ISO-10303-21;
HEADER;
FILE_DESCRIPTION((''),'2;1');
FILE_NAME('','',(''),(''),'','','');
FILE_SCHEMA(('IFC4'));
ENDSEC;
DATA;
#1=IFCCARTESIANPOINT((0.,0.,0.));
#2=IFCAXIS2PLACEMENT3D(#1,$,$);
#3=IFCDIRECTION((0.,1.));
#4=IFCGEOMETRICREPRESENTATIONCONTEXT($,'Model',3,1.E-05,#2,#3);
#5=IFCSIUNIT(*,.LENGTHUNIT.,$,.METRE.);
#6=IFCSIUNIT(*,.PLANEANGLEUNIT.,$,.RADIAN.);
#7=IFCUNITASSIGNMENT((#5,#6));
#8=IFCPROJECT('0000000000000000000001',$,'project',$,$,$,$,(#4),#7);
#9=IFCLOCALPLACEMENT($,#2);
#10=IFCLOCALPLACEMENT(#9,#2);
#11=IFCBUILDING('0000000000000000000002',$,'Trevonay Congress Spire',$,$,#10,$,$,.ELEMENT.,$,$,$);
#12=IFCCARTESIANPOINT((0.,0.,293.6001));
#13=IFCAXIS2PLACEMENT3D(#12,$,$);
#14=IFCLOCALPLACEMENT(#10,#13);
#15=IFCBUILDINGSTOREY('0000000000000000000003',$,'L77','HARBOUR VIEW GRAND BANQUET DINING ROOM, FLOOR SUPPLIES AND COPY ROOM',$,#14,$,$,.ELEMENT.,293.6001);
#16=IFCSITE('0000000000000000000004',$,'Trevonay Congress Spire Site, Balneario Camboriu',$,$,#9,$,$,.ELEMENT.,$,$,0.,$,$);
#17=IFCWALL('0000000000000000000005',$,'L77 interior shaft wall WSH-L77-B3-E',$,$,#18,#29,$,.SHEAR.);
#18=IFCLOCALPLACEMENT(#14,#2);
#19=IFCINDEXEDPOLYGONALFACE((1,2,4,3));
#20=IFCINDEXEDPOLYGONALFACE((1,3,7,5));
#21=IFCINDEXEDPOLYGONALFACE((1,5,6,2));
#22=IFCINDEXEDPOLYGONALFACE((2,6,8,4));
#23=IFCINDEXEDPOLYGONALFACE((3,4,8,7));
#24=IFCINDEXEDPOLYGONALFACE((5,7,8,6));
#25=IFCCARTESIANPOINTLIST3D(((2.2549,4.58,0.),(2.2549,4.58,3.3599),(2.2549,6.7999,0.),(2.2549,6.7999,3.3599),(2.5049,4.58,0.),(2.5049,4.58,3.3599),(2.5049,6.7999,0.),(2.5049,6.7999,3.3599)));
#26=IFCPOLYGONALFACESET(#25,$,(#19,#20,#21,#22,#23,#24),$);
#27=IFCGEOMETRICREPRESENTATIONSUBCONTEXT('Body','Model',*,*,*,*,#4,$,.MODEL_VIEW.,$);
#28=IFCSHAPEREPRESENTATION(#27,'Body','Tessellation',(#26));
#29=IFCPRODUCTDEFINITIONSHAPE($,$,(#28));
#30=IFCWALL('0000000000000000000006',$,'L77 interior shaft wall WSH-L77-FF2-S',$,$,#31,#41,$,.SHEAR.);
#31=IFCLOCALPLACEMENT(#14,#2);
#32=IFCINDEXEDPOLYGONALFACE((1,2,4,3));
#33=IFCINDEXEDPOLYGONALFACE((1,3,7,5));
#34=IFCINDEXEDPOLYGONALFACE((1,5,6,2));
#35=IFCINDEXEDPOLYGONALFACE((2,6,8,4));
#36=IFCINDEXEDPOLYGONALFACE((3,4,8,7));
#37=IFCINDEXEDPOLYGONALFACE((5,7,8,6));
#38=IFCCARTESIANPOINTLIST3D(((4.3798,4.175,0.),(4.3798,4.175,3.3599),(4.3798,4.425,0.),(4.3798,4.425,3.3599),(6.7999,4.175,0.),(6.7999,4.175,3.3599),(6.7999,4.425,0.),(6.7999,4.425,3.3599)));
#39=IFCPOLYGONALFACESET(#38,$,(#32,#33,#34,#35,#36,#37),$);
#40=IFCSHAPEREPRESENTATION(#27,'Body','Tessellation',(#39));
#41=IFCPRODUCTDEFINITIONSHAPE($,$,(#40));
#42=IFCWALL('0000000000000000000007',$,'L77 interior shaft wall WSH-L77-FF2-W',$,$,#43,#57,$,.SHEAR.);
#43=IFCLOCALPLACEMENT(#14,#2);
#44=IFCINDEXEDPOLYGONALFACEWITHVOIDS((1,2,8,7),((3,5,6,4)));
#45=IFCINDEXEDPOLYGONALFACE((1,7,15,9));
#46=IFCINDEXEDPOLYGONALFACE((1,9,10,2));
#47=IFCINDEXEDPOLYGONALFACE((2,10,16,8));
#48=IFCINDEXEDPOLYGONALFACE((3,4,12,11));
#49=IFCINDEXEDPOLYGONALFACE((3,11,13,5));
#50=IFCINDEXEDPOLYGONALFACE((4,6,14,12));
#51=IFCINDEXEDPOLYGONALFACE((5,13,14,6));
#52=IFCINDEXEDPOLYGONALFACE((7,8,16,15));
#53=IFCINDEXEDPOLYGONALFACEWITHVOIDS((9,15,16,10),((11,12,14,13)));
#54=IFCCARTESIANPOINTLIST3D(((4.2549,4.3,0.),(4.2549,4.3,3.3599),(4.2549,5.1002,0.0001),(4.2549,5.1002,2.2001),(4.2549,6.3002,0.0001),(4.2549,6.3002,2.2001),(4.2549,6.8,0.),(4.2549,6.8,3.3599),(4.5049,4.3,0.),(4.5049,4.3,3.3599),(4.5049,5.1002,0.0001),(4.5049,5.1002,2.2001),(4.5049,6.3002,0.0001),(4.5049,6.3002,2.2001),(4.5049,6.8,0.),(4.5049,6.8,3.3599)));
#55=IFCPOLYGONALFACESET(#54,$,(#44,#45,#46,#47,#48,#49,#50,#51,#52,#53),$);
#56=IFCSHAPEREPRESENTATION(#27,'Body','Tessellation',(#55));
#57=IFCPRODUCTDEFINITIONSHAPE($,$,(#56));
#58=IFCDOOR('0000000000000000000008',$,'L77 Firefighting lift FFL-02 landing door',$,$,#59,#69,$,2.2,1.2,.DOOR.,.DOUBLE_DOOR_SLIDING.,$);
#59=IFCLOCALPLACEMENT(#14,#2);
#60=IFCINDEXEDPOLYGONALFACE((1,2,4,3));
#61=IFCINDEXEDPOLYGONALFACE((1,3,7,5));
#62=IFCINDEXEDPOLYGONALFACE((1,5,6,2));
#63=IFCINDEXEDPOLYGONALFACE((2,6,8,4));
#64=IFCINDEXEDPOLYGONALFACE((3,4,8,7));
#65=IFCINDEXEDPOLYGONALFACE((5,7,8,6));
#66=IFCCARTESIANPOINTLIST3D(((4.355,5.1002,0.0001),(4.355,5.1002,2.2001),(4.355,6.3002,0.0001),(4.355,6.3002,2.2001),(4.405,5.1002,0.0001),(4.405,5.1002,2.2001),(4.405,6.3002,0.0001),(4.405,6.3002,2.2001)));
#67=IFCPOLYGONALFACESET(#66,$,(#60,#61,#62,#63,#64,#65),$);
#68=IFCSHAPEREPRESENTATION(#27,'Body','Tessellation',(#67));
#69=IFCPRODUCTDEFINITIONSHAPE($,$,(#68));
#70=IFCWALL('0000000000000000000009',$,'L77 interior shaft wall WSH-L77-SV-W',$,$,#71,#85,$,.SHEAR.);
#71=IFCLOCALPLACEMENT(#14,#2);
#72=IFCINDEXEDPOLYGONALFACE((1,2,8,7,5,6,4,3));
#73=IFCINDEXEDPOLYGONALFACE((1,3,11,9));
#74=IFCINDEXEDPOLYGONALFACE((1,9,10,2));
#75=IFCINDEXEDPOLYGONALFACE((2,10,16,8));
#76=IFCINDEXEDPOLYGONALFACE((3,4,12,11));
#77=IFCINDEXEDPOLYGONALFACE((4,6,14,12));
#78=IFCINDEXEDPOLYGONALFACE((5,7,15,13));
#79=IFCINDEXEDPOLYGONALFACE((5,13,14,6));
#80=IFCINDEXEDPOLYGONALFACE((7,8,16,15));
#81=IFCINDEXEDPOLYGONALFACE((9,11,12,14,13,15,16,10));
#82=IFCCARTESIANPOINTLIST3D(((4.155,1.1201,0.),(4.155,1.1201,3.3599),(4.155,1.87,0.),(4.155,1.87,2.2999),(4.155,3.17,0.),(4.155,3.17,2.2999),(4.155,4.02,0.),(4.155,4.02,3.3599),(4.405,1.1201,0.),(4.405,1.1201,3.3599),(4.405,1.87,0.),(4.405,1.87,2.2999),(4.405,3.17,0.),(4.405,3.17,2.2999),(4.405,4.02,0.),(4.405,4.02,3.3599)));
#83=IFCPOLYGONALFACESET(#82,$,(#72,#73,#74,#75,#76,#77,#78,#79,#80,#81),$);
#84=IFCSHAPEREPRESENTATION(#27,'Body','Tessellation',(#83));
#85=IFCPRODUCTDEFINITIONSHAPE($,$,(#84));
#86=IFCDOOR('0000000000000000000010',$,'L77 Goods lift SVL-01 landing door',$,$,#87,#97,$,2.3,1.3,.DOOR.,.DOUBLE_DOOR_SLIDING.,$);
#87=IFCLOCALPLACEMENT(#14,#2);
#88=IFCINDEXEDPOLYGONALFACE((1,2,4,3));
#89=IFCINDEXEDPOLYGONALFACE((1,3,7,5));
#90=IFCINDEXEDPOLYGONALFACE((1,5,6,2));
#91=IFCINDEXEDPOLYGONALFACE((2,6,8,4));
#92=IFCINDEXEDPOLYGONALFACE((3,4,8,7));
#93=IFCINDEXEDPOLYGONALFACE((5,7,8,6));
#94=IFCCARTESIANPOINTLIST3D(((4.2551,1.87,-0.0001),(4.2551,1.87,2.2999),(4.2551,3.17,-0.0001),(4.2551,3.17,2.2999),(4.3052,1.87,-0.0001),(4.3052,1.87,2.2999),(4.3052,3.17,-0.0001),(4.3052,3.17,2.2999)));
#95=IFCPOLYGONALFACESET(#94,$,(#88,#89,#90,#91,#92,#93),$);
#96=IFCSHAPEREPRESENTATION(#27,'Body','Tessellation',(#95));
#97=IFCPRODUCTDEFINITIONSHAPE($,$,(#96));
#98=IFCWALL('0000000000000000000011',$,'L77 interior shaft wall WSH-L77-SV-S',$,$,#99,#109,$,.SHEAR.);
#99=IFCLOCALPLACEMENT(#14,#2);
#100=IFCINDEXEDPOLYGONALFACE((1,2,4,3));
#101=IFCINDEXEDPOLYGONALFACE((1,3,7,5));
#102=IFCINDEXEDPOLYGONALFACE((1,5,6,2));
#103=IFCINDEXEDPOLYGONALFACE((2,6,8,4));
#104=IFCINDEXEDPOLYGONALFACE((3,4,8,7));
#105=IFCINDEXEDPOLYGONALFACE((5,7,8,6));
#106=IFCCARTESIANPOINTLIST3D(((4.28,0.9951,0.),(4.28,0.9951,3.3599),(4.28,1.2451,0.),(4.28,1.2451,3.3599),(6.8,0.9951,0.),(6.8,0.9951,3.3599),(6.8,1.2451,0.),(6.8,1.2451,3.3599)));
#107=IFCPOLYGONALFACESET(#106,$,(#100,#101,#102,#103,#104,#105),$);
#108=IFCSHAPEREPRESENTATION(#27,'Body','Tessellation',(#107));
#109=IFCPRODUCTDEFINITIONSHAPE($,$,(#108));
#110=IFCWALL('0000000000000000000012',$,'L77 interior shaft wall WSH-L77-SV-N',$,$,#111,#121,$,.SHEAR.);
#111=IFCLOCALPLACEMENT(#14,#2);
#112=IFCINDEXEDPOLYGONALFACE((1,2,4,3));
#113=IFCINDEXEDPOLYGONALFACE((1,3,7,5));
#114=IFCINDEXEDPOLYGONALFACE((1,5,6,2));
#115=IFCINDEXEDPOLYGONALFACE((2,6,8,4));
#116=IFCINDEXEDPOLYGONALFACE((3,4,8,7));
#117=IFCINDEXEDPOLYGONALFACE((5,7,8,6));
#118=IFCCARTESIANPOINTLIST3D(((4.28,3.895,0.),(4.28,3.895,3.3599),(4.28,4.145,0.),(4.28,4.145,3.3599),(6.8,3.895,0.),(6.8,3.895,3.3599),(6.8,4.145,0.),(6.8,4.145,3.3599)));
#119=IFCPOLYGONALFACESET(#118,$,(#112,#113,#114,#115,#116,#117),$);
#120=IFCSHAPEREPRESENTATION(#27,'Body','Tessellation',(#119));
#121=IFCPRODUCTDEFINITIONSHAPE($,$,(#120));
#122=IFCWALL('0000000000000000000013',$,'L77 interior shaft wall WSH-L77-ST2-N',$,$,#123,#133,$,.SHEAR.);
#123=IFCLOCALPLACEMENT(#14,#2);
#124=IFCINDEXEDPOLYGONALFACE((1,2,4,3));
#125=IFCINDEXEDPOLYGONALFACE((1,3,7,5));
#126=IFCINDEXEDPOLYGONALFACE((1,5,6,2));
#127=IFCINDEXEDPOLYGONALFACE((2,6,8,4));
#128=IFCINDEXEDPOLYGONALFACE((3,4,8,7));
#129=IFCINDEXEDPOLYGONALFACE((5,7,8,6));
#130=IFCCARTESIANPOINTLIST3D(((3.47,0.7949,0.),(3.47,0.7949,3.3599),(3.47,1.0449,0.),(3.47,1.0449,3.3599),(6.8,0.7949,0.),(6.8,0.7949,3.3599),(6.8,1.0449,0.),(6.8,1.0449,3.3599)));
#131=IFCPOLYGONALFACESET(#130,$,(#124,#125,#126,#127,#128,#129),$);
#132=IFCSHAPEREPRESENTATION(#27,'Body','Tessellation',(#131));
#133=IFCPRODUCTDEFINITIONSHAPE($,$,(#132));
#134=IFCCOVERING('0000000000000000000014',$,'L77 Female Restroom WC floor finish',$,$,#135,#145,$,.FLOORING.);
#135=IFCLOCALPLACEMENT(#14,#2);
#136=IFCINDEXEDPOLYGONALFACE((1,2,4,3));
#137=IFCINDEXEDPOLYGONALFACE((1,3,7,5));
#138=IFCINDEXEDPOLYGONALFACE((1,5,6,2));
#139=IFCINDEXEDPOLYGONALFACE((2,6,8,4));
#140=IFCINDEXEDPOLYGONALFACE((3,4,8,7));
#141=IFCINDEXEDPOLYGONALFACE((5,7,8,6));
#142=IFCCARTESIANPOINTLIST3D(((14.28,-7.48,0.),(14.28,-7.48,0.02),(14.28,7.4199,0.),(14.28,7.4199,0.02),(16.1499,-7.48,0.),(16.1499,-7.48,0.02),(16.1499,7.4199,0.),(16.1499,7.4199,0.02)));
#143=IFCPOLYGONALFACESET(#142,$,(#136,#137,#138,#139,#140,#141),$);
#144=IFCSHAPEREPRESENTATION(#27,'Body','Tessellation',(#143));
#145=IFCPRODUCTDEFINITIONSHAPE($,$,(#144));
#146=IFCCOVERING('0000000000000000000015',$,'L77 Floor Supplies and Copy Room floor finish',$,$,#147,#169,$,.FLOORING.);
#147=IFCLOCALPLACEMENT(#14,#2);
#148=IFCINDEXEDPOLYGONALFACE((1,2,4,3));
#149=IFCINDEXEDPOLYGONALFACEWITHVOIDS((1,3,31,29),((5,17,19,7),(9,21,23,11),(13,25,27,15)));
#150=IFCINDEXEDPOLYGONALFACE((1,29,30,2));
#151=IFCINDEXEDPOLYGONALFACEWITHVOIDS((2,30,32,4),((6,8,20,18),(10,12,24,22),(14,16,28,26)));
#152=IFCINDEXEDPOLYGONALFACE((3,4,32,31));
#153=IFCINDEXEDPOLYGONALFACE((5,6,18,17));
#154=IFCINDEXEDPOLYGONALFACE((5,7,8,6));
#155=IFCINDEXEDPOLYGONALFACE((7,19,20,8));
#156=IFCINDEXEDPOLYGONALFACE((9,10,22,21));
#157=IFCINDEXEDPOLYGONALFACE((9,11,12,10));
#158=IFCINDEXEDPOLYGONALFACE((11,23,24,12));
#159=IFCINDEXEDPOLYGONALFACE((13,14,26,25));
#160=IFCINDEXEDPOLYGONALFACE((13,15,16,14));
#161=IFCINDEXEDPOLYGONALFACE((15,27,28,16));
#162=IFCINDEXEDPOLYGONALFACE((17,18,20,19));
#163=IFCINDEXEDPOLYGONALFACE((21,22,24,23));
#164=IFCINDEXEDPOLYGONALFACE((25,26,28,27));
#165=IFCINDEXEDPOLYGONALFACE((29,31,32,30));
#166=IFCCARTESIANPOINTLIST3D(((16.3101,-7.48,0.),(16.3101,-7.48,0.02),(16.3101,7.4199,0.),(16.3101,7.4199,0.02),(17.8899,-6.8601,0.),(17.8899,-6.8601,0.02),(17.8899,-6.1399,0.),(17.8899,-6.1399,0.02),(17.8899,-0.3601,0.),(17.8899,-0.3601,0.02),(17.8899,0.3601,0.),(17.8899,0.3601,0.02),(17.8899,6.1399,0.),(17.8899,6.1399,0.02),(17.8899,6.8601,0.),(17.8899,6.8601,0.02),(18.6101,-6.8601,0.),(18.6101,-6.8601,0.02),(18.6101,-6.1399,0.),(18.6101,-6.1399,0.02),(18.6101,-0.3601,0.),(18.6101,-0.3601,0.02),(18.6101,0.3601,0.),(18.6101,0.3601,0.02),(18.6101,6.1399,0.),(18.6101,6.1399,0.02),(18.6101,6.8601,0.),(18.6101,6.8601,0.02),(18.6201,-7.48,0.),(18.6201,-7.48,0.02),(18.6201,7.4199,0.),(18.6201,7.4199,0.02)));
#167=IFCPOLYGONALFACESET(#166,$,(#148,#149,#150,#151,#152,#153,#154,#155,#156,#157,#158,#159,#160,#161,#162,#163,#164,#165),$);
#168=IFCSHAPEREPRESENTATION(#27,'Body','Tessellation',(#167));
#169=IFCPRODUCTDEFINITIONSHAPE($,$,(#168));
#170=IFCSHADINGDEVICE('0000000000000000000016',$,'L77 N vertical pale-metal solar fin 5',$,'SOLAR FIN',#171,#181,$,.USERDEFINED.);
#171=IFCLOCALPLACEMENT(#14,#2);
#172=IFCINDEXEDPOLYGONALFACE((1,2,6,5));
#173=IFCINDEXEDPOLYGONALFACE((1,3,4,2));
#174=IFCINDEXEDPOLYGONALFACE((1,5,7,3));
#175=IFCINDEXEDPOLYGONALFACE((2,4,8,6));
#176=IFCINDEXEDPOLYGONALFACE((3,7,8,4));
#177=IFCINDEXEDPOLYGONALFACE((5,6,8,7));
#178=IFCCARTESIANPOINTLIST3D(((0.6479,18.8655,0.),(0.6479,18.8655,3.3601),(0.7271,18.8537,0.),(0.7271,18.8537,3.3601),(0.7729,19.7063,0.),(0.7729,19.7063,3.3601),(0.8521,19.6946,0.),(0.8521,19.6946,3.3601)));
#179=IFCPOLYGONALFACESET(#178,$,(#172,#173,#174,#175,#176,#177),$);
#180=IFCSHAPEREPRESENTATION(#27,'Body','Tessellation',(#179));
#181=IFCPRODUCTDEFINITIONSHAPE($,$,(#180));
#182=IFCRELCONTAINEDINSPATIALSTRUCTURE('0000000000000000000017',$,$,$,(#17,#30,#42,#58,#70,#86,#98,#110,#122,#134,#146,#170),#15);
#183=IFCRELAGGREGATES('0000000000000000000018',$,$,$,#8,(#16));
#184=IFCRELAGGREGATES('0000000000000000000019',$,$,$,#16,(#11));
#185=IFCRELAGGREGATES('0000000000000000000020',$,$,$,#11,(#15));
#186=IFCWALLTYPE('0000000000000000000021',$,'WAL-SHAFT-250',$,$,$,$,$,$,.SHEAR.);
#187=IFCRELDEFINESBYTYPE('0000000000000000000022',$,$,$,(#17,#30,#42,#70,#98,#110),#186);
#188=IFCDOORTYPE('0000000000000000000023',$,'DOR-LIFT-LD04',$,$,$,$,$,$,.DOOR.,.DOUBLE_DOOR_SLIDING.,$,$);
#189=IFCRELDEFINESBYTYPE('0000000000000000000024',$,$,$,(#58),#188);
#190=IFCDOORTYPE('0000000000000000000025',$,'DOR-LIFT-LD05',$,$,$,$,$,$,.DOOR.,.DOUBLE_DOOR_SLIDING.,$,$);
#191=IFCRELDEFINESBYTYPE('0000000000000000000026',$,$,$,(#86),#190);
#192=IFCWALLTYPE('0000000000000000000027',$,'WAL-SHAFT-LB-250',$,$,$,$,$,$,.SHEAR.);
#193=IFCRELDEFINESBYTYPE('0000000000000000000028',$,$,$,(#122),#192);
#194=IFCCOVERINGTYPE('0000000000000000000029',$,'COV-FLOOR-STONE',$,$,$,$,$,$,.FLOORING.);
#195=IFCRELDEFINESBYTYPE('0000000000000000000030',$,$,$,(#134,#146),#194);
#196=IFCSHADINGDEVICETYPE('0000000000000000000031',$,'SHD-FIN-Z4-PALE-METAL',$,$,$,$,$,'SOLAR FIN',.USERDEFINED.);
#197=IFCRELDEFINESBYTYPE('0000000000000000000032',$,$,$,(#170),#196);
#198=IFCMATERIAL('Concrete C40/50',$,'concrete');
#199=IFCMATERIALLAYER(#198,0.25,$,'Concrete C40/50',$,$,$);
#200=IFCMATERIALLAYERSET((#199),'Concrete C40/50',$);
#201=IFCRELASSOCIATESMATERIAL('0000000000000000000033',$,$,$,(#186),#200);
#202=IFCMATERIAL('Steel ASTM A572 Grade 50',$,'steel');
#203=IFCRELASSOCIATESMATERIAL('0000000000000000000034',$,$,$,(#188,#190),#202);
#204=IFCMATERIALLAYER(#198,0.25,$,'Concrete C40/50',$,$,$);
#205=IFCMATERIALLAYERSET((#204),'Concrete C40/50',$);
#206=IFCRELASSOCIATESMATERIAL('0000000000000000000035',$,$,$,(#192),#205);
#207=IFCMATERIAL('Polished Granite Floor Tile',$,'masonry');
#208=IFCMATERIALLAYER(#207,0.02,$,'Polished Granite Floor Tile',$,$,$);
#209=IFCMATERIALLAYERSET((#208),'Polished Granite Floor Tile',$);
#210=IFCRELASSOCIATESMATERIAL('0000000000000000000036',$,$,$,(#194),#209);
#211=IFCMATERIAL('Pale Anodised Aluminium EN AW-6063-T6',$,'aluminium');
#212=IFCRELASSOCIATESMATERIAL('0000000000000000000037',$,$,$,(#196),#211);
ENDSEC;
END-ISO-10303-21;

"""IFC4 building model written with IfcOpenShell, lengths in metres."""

from ifc_helpers import new_model, si_unit, direction, frame, frame_2d, origin, origin_2d, place, context, subcontext, project, spatial, polyline, rectangle, outline, extrude, material, layer, layer_set, type_object, element, fill, save


model = new_model("IFC4")

# Units and contexts
model_context = context("Model", 3, precision=1e-05, world=origin(), true_north=direction((0.0, 1.0)))
body_context = subcontext(model_context, "Body", "Model", "MODEL_VIEW")
ifc_project = project(units=[si_unit("LENGTHUNIT", "METRE"), si_unit("PLANEANGLEUNIT", "RADIAN")], contexts=[model_context])

# Site, building, storey
site_placement = place(None, origin())
site = spatial("IfcSite", under=ifc_project, at=site_placement, Name="Trevonay Congress Spire Site, Balneario Camboriu", CompositionType="ELEMENT", RefElevation=0.0)
building_placement = place(site_placement, origin())
building = spatial("IfcBuilding", under=site, at=building_placement, Name="Trevonay Congress Spire", CompositionType="ELEMENT")
storey_placement = place(building_placement, frame((0.0, 0.0, 293.6001)))
storey = spatial("IfcBuildingStorey", under=building, at=storey_placement, Name="L77", Description="HARBOUR VIEW GRAND BANQUET DINING ROOM, FLOOR SUPPLIES AND COPY ROOM", CompositionType="ELEMENT", Elevation=293.6001)

# Shared definitions
ifc_material_1 = material(Name="Steel ASTM A572 Grade 50", Category="steel")

# Shared definitions
ifc_material_2 = material(Name="Pale Anodised Aluminium EN AW-6063-T6", Category="aluminium")

# Walls
ifc_material_3 = material(Name="Concrete C40/50", Category="concrete")
ifc_layer_1 = layer(ifc_material_3, 0.25, Name="Concrete C40/50")
ifc_layer_set_1 = layer_set([ifc_layer_1], Name="Concrete C40/50")
wall_type_1 = type_object("IfcWallType", Name="WAL-SHAFT-250", PredefinedType="SHEAR", material=ifc_layer_set_1)
wall_1_placement = place(storey_placement, frame((2.3799, 4.5801, 0.0), z_axis=(0.0, 0.0, 1.0), x_axis=(0.0, 1.0, 0.0)))
element("IfcWall", 1, at=wall_1_placement, inside=storey, type_object=wall_type_1, Name="L77 interior shaft wall WSH-L77-B3-E", PredefinedType="SHEAR", context=body_context, shape_type="SweptSolid", body=[
    extrude(rectangle(XDim=2.22, YDim=0.25, at=frame_2d((1.1099, 0.0))), origin(), (0.0, 0.0, 1.0), 3.3599),
])
wall_2_placement = place(storey_placement, frame((4.3799, 4.3, 0.0), z_axis=(0.0, 0.0, 1.0), x_axis=(1.0, 0.0, 0.0)))
element("IfcWall", 2, at=wall_2_placement, inside=storey, type_object=wall_type_1, Name="L77 interior shaft wall WSH-L77-FF2-S", PredefinedType="SHEAR", context=body_context, shape_type="SweptSolid", body=[
    extrude(rectangle(XDim=2.4202, YDim=0.25, at=frame_2d((1.21, 0.0))), origin(), (0.0, 0.0, 1.0), 3.3599),
])

# Walls, openings, doors
wall_3_placement = place(storey_placement, frame((4.3799, 4.3, 0.0), z_axis=(0.0, 0.0, 1.0), x_axis=(0.0, 1.0, 0.0)))
wall_3 = element("IfcWall", 3, at=wall_3_placement, inside=storey, type_object=wall_type_1, Name="L77 interior shaft wall WSH-L77-FF2-W", PredefinedType="SHEAR", context=body_context, shape_type="SweptSolid", body=[
    extrude(rectangle(XDim=2.5, YDim=0.25, at=frame_2d((1.25, 0.0))), origin(), (0.0, 0.0, 1.0), 3.3599),
])
opening_1_placement = place(wall_3_placement, frame((0.8, 0.0, 0.0)))
opening_1 = element("IfcOpeningElement", 4, at=opening_1_placement, cuts=wall_3, PredefinedType="OPENING", context=body_context, shape_type="SweptSolid", body=[
    extrude(rectangle(XDim=1.2, YDim=2.2, at=frame_2d((0.6001, 1.1001))), frame((0.0, 0.135, 0.0), z_axis=(0.0, -1.0, 0.0), x_axis=(1.0, 0.0, 0.0)), (0.0, 0.0, 1.0), 0.27),
])
door_type_1 = type_object("IfcDoorType", Name="DOR-LIFT-LD04", OperationType="DOUBLE_DOOR_SLIDING", PredefinedType="DOOR", material=ifc_material_1)
door_1_placement = place(opening_1_placement, origin())
door_1 = element("IfcDoor", 5, at=door_1_placement, inside=storey, type_object=door_type_1, Name="L77 Firefighting lift FFL-02 landing door", OperationType="DOUBLE_DOOR_SLIDING", OverallHeight=2.2, OverallWidth=1.2, PredefinedType="DOOR", context=body_context, shape_type="SweptSolid", body=[
    extrude(rectangle(XDim=1.2, YDim=2.2, at=frame_2d((0.6001, 1.1001))), frame((0.0, 0.0249, 0.0), z_axis=(0.0, -1.0, 0.0), x_axis=(1.0, 0.0, 0.0)), (0.0, 0.0, 1.0), 0.05),
])
fill(opening_1, door_1)
wall_4_placement = place(storey_placement, frame((4.28, 1.1201, 0.0), z_axis=(0.0, 0.0, 1.0), x_axis=(0.0, 1.0, 0.0)))
wall_4 = element("IfcWall", 6, at=wall_4_placement, inside=storey, type_object=wall_type_1, Name="L77 interior shaft wall WSH-L77-SV-W", PredefinedType="SHEAR", context=body_context, shape_type="SweptSolid", body=[
    extrude(rectangle(XDim=2.8999, YDim=0.25, at=frame_2d((1.45, 0.0))), origin(), (0.0, 0.0, 1.0), 3.3599),
])
opening_2_placement = place(wall_4_placement, frame((0.75, 0.0, 0.0)))
opening_2 = element("IfcOpeningElement", 7, at=opening_2_placement, cuts=wall_4, PredefinedType="OPENING", context=body_context, shape_type="SweptSolid", body=[
    extrude(rectangle(XDim=1.3, YDim=2.3, at=frame_2d((0.6499, 1.1499))), frame((0.0, 0.135, 0.0), z_axis=(0.0, -1.0, 0.0), x_axis=(1.0, 0.0, 0.0)), (0.0, 0.0, 1.0), 0.27),
])
door_type_2 = type_object("IfcDoorType", Name="DOR-LIFT-LD05", OperationType="DOUBLE_DOOR_SLIDING", PredefinedType="DOOR", material=ifc_material_1)
door_2_placement = place(opening_2_placement, origin())
door_2 = element("IfcDoor", 8, at=door_2_placement, inside=storey, type_object=door_type_2, Name="L77 Goods lift SVL-01 landing door", OperationType="DOUBLE_DOOR_SLIDING", OverallHeight=2.3, OverallWidth=1.3, PredefinedType="DOOR", context=body_context, shape_type="SweptSolid", body=[
    extrude(rectangle(XDim=1.3, YDim=2.3, at=frame_2d((0.6499, 1.1499))), frame((0.0, 0.0249, 0.0), z_axis=(0.0, -1.0, 0.0), x_axis=(1.0, 0.0, 0.0)), (0.0, 0.0, 1.0), 0.05),
])
fill(opening_2, door_2)

# Walls
for number, where, z_axis, x_axis, name in (
    (9, (4.28, 1.1201, 0.0), (0.0, 0.0, 1.0), (1.0, 0.0, 0.0), "L77 interior shaft wall WSH-L77-SV-S"),
    (10, (4.28, 4.02, 0.0), (0.0, 0.0, 1.0), (1.0, 0.0, 0.0), "L77 interior shaft wall WSH-L77-SV-N"),
):
    element("IfcWall", number, at=place(storey_placement, frame(where, z_axis=z_axis, x_axis=x_axis)), inside=storey, type_object=wall_type_1, Name=name, PredefinedType="SHEAR", context=body_context, shape_type="SweptSolid", body=[
        extrude(rectangle(XDim=2.52, YDim=0.25, at=frame_2d((1.26, 0.0))), origin(), (0.0, 0.0, 1.0), 3.3599),
    ])
ifc_layer_2 = layer(ifc_material_3, 0.25, Name="Concrete C40/50")
ifc_layer_set_2 = layer_set([ifc_layer_2], Name="Concrete C40/50")
wall_type_2 = type_object("IfcWallType", Name="WAL-SHAFT-LB-250", PredefinedType="SHEAR", material=ifc_layer_set_2)
wall_5_placement = place(storey_placement, frame((3.47, 0.9199, 0.0), z_axis=(0.0, 0.0, 1.0), x_axis=(1.0, 0.0, 0.0)))
element("IfcWall", 11, at=wall_5_placement, inside=storey, type_object=wall_type_2, Name="L77 interior shaft wall WSH-L77-ST2-N", PredefinedType="SHEAR", context=body_context, shape_type="SweptSolid", body=[
    extrude(rectangle(XDim=3.3301, YDim=0.25, at=frame_2d((1.665, 0.0))), origin(), (0.0, 0.0, 1.0), 3.3599),
])

# Coverings
ifc_material_4 = material(Name="Polished Granite Floor Tile", Category="masonry")
ifc_layer_3 = layer(ifc_material_4, 0.02, Name="Polished Granite Floor Tile")
ifc_layer_set_3 = layer_set([ifc_layer_3], Name="Polished Granite Floor Tile")
covering_type = type_object("IfcCoveringType", Name="COV-FLOOR-STONE", PredefinedType="FLOORING", material=ifc_layer_set_3)
covering_1_placement = place(storey_placement, origin())
element("IfcCovering", 12, at=covering_1_placement, inside=storey, type_object=covering_type, Name="L77 Female Restroom WC floor finish", PredefinedType="FLOORING", context=body_context, shape_type="SweptSolid", body=[
    extrude(outline(polyline([(14.28, -7.48), (16.1499, -7.48), (16.1499, 7.4199), (14.28, 7.4199), (14.28, -7.48)])), origin(), (0.0, 0.0, 1.0), 0.02),
])
covering_2_placement = place(storey_placement, origin())
element("IfcCovering", 13, at=covering_2_placement, inside=storey, type_object=covering_type, Name="L77 Floor Supplies and Copy Room floor finish", PredefinedType="FLOORING", context=body_context, shape_type="SweptSolid", body=[
    extrude(outline(polyline([(16.3101, 7.4199), (18.6201, 7.4199), (18.6201, -7.48), (16.3101, -7.48), (16.3101, 7.4199)]), holes=[polyline([(17.8899, -6.8601), (18.6101, -6.8601), (18.6101, -6.1399), (17.8899, -6.1399), (17.8899, -6.8601)]), polyline([(17.8899, 0.3601), (17.8899, -0.3601), (18.6101, -0.3601), (18.6101, 0.3601), (17.8899, 0.3601)]), polyline([(17.8899, 6.8601), (17.8899, 6.1399), (18.6101, 6.1399), (18.6101, 6.8601), (17.8899, 6.8601)])]), origin(), (0.0, 0.0, 1.0), 0.02),
])

# Shading device
shading_device_type = type_object("IfcShadingDeviceType", Name="SHD-FIN-Z4-PALE-METAL", ElementType="SOLAR FIN", PredefinedType="USERDEFINED", material=ifc_material_2)
for number, where, z_axis, x_axis, name in (
    (14, (0.75, 19.28, 0.0), (0.0, 0.0, 1.0), (0.989144, -0.146946, 0.0), "L77 N vertical pale-metal solar fin 5"),
):
    element("IfcShadingDevice", number, at=place(storey_placement, frame(where, z_axis=z_axis, x_axis=x_axis)), inside=storey, type_object=shading_device_type, Name=name, ObjectType="SOLAR FIN", PredefinedType="USERDEFINED", context=body_context, shape_type="SweptSolid", body=[
        extrude(rectangle(XDim=0.0801, YDim=0.8501, at=origin_2d()), origin(), (0.0, 0.0, 1.0), 3.3601),
    ])

save(model, "model.ifc")
